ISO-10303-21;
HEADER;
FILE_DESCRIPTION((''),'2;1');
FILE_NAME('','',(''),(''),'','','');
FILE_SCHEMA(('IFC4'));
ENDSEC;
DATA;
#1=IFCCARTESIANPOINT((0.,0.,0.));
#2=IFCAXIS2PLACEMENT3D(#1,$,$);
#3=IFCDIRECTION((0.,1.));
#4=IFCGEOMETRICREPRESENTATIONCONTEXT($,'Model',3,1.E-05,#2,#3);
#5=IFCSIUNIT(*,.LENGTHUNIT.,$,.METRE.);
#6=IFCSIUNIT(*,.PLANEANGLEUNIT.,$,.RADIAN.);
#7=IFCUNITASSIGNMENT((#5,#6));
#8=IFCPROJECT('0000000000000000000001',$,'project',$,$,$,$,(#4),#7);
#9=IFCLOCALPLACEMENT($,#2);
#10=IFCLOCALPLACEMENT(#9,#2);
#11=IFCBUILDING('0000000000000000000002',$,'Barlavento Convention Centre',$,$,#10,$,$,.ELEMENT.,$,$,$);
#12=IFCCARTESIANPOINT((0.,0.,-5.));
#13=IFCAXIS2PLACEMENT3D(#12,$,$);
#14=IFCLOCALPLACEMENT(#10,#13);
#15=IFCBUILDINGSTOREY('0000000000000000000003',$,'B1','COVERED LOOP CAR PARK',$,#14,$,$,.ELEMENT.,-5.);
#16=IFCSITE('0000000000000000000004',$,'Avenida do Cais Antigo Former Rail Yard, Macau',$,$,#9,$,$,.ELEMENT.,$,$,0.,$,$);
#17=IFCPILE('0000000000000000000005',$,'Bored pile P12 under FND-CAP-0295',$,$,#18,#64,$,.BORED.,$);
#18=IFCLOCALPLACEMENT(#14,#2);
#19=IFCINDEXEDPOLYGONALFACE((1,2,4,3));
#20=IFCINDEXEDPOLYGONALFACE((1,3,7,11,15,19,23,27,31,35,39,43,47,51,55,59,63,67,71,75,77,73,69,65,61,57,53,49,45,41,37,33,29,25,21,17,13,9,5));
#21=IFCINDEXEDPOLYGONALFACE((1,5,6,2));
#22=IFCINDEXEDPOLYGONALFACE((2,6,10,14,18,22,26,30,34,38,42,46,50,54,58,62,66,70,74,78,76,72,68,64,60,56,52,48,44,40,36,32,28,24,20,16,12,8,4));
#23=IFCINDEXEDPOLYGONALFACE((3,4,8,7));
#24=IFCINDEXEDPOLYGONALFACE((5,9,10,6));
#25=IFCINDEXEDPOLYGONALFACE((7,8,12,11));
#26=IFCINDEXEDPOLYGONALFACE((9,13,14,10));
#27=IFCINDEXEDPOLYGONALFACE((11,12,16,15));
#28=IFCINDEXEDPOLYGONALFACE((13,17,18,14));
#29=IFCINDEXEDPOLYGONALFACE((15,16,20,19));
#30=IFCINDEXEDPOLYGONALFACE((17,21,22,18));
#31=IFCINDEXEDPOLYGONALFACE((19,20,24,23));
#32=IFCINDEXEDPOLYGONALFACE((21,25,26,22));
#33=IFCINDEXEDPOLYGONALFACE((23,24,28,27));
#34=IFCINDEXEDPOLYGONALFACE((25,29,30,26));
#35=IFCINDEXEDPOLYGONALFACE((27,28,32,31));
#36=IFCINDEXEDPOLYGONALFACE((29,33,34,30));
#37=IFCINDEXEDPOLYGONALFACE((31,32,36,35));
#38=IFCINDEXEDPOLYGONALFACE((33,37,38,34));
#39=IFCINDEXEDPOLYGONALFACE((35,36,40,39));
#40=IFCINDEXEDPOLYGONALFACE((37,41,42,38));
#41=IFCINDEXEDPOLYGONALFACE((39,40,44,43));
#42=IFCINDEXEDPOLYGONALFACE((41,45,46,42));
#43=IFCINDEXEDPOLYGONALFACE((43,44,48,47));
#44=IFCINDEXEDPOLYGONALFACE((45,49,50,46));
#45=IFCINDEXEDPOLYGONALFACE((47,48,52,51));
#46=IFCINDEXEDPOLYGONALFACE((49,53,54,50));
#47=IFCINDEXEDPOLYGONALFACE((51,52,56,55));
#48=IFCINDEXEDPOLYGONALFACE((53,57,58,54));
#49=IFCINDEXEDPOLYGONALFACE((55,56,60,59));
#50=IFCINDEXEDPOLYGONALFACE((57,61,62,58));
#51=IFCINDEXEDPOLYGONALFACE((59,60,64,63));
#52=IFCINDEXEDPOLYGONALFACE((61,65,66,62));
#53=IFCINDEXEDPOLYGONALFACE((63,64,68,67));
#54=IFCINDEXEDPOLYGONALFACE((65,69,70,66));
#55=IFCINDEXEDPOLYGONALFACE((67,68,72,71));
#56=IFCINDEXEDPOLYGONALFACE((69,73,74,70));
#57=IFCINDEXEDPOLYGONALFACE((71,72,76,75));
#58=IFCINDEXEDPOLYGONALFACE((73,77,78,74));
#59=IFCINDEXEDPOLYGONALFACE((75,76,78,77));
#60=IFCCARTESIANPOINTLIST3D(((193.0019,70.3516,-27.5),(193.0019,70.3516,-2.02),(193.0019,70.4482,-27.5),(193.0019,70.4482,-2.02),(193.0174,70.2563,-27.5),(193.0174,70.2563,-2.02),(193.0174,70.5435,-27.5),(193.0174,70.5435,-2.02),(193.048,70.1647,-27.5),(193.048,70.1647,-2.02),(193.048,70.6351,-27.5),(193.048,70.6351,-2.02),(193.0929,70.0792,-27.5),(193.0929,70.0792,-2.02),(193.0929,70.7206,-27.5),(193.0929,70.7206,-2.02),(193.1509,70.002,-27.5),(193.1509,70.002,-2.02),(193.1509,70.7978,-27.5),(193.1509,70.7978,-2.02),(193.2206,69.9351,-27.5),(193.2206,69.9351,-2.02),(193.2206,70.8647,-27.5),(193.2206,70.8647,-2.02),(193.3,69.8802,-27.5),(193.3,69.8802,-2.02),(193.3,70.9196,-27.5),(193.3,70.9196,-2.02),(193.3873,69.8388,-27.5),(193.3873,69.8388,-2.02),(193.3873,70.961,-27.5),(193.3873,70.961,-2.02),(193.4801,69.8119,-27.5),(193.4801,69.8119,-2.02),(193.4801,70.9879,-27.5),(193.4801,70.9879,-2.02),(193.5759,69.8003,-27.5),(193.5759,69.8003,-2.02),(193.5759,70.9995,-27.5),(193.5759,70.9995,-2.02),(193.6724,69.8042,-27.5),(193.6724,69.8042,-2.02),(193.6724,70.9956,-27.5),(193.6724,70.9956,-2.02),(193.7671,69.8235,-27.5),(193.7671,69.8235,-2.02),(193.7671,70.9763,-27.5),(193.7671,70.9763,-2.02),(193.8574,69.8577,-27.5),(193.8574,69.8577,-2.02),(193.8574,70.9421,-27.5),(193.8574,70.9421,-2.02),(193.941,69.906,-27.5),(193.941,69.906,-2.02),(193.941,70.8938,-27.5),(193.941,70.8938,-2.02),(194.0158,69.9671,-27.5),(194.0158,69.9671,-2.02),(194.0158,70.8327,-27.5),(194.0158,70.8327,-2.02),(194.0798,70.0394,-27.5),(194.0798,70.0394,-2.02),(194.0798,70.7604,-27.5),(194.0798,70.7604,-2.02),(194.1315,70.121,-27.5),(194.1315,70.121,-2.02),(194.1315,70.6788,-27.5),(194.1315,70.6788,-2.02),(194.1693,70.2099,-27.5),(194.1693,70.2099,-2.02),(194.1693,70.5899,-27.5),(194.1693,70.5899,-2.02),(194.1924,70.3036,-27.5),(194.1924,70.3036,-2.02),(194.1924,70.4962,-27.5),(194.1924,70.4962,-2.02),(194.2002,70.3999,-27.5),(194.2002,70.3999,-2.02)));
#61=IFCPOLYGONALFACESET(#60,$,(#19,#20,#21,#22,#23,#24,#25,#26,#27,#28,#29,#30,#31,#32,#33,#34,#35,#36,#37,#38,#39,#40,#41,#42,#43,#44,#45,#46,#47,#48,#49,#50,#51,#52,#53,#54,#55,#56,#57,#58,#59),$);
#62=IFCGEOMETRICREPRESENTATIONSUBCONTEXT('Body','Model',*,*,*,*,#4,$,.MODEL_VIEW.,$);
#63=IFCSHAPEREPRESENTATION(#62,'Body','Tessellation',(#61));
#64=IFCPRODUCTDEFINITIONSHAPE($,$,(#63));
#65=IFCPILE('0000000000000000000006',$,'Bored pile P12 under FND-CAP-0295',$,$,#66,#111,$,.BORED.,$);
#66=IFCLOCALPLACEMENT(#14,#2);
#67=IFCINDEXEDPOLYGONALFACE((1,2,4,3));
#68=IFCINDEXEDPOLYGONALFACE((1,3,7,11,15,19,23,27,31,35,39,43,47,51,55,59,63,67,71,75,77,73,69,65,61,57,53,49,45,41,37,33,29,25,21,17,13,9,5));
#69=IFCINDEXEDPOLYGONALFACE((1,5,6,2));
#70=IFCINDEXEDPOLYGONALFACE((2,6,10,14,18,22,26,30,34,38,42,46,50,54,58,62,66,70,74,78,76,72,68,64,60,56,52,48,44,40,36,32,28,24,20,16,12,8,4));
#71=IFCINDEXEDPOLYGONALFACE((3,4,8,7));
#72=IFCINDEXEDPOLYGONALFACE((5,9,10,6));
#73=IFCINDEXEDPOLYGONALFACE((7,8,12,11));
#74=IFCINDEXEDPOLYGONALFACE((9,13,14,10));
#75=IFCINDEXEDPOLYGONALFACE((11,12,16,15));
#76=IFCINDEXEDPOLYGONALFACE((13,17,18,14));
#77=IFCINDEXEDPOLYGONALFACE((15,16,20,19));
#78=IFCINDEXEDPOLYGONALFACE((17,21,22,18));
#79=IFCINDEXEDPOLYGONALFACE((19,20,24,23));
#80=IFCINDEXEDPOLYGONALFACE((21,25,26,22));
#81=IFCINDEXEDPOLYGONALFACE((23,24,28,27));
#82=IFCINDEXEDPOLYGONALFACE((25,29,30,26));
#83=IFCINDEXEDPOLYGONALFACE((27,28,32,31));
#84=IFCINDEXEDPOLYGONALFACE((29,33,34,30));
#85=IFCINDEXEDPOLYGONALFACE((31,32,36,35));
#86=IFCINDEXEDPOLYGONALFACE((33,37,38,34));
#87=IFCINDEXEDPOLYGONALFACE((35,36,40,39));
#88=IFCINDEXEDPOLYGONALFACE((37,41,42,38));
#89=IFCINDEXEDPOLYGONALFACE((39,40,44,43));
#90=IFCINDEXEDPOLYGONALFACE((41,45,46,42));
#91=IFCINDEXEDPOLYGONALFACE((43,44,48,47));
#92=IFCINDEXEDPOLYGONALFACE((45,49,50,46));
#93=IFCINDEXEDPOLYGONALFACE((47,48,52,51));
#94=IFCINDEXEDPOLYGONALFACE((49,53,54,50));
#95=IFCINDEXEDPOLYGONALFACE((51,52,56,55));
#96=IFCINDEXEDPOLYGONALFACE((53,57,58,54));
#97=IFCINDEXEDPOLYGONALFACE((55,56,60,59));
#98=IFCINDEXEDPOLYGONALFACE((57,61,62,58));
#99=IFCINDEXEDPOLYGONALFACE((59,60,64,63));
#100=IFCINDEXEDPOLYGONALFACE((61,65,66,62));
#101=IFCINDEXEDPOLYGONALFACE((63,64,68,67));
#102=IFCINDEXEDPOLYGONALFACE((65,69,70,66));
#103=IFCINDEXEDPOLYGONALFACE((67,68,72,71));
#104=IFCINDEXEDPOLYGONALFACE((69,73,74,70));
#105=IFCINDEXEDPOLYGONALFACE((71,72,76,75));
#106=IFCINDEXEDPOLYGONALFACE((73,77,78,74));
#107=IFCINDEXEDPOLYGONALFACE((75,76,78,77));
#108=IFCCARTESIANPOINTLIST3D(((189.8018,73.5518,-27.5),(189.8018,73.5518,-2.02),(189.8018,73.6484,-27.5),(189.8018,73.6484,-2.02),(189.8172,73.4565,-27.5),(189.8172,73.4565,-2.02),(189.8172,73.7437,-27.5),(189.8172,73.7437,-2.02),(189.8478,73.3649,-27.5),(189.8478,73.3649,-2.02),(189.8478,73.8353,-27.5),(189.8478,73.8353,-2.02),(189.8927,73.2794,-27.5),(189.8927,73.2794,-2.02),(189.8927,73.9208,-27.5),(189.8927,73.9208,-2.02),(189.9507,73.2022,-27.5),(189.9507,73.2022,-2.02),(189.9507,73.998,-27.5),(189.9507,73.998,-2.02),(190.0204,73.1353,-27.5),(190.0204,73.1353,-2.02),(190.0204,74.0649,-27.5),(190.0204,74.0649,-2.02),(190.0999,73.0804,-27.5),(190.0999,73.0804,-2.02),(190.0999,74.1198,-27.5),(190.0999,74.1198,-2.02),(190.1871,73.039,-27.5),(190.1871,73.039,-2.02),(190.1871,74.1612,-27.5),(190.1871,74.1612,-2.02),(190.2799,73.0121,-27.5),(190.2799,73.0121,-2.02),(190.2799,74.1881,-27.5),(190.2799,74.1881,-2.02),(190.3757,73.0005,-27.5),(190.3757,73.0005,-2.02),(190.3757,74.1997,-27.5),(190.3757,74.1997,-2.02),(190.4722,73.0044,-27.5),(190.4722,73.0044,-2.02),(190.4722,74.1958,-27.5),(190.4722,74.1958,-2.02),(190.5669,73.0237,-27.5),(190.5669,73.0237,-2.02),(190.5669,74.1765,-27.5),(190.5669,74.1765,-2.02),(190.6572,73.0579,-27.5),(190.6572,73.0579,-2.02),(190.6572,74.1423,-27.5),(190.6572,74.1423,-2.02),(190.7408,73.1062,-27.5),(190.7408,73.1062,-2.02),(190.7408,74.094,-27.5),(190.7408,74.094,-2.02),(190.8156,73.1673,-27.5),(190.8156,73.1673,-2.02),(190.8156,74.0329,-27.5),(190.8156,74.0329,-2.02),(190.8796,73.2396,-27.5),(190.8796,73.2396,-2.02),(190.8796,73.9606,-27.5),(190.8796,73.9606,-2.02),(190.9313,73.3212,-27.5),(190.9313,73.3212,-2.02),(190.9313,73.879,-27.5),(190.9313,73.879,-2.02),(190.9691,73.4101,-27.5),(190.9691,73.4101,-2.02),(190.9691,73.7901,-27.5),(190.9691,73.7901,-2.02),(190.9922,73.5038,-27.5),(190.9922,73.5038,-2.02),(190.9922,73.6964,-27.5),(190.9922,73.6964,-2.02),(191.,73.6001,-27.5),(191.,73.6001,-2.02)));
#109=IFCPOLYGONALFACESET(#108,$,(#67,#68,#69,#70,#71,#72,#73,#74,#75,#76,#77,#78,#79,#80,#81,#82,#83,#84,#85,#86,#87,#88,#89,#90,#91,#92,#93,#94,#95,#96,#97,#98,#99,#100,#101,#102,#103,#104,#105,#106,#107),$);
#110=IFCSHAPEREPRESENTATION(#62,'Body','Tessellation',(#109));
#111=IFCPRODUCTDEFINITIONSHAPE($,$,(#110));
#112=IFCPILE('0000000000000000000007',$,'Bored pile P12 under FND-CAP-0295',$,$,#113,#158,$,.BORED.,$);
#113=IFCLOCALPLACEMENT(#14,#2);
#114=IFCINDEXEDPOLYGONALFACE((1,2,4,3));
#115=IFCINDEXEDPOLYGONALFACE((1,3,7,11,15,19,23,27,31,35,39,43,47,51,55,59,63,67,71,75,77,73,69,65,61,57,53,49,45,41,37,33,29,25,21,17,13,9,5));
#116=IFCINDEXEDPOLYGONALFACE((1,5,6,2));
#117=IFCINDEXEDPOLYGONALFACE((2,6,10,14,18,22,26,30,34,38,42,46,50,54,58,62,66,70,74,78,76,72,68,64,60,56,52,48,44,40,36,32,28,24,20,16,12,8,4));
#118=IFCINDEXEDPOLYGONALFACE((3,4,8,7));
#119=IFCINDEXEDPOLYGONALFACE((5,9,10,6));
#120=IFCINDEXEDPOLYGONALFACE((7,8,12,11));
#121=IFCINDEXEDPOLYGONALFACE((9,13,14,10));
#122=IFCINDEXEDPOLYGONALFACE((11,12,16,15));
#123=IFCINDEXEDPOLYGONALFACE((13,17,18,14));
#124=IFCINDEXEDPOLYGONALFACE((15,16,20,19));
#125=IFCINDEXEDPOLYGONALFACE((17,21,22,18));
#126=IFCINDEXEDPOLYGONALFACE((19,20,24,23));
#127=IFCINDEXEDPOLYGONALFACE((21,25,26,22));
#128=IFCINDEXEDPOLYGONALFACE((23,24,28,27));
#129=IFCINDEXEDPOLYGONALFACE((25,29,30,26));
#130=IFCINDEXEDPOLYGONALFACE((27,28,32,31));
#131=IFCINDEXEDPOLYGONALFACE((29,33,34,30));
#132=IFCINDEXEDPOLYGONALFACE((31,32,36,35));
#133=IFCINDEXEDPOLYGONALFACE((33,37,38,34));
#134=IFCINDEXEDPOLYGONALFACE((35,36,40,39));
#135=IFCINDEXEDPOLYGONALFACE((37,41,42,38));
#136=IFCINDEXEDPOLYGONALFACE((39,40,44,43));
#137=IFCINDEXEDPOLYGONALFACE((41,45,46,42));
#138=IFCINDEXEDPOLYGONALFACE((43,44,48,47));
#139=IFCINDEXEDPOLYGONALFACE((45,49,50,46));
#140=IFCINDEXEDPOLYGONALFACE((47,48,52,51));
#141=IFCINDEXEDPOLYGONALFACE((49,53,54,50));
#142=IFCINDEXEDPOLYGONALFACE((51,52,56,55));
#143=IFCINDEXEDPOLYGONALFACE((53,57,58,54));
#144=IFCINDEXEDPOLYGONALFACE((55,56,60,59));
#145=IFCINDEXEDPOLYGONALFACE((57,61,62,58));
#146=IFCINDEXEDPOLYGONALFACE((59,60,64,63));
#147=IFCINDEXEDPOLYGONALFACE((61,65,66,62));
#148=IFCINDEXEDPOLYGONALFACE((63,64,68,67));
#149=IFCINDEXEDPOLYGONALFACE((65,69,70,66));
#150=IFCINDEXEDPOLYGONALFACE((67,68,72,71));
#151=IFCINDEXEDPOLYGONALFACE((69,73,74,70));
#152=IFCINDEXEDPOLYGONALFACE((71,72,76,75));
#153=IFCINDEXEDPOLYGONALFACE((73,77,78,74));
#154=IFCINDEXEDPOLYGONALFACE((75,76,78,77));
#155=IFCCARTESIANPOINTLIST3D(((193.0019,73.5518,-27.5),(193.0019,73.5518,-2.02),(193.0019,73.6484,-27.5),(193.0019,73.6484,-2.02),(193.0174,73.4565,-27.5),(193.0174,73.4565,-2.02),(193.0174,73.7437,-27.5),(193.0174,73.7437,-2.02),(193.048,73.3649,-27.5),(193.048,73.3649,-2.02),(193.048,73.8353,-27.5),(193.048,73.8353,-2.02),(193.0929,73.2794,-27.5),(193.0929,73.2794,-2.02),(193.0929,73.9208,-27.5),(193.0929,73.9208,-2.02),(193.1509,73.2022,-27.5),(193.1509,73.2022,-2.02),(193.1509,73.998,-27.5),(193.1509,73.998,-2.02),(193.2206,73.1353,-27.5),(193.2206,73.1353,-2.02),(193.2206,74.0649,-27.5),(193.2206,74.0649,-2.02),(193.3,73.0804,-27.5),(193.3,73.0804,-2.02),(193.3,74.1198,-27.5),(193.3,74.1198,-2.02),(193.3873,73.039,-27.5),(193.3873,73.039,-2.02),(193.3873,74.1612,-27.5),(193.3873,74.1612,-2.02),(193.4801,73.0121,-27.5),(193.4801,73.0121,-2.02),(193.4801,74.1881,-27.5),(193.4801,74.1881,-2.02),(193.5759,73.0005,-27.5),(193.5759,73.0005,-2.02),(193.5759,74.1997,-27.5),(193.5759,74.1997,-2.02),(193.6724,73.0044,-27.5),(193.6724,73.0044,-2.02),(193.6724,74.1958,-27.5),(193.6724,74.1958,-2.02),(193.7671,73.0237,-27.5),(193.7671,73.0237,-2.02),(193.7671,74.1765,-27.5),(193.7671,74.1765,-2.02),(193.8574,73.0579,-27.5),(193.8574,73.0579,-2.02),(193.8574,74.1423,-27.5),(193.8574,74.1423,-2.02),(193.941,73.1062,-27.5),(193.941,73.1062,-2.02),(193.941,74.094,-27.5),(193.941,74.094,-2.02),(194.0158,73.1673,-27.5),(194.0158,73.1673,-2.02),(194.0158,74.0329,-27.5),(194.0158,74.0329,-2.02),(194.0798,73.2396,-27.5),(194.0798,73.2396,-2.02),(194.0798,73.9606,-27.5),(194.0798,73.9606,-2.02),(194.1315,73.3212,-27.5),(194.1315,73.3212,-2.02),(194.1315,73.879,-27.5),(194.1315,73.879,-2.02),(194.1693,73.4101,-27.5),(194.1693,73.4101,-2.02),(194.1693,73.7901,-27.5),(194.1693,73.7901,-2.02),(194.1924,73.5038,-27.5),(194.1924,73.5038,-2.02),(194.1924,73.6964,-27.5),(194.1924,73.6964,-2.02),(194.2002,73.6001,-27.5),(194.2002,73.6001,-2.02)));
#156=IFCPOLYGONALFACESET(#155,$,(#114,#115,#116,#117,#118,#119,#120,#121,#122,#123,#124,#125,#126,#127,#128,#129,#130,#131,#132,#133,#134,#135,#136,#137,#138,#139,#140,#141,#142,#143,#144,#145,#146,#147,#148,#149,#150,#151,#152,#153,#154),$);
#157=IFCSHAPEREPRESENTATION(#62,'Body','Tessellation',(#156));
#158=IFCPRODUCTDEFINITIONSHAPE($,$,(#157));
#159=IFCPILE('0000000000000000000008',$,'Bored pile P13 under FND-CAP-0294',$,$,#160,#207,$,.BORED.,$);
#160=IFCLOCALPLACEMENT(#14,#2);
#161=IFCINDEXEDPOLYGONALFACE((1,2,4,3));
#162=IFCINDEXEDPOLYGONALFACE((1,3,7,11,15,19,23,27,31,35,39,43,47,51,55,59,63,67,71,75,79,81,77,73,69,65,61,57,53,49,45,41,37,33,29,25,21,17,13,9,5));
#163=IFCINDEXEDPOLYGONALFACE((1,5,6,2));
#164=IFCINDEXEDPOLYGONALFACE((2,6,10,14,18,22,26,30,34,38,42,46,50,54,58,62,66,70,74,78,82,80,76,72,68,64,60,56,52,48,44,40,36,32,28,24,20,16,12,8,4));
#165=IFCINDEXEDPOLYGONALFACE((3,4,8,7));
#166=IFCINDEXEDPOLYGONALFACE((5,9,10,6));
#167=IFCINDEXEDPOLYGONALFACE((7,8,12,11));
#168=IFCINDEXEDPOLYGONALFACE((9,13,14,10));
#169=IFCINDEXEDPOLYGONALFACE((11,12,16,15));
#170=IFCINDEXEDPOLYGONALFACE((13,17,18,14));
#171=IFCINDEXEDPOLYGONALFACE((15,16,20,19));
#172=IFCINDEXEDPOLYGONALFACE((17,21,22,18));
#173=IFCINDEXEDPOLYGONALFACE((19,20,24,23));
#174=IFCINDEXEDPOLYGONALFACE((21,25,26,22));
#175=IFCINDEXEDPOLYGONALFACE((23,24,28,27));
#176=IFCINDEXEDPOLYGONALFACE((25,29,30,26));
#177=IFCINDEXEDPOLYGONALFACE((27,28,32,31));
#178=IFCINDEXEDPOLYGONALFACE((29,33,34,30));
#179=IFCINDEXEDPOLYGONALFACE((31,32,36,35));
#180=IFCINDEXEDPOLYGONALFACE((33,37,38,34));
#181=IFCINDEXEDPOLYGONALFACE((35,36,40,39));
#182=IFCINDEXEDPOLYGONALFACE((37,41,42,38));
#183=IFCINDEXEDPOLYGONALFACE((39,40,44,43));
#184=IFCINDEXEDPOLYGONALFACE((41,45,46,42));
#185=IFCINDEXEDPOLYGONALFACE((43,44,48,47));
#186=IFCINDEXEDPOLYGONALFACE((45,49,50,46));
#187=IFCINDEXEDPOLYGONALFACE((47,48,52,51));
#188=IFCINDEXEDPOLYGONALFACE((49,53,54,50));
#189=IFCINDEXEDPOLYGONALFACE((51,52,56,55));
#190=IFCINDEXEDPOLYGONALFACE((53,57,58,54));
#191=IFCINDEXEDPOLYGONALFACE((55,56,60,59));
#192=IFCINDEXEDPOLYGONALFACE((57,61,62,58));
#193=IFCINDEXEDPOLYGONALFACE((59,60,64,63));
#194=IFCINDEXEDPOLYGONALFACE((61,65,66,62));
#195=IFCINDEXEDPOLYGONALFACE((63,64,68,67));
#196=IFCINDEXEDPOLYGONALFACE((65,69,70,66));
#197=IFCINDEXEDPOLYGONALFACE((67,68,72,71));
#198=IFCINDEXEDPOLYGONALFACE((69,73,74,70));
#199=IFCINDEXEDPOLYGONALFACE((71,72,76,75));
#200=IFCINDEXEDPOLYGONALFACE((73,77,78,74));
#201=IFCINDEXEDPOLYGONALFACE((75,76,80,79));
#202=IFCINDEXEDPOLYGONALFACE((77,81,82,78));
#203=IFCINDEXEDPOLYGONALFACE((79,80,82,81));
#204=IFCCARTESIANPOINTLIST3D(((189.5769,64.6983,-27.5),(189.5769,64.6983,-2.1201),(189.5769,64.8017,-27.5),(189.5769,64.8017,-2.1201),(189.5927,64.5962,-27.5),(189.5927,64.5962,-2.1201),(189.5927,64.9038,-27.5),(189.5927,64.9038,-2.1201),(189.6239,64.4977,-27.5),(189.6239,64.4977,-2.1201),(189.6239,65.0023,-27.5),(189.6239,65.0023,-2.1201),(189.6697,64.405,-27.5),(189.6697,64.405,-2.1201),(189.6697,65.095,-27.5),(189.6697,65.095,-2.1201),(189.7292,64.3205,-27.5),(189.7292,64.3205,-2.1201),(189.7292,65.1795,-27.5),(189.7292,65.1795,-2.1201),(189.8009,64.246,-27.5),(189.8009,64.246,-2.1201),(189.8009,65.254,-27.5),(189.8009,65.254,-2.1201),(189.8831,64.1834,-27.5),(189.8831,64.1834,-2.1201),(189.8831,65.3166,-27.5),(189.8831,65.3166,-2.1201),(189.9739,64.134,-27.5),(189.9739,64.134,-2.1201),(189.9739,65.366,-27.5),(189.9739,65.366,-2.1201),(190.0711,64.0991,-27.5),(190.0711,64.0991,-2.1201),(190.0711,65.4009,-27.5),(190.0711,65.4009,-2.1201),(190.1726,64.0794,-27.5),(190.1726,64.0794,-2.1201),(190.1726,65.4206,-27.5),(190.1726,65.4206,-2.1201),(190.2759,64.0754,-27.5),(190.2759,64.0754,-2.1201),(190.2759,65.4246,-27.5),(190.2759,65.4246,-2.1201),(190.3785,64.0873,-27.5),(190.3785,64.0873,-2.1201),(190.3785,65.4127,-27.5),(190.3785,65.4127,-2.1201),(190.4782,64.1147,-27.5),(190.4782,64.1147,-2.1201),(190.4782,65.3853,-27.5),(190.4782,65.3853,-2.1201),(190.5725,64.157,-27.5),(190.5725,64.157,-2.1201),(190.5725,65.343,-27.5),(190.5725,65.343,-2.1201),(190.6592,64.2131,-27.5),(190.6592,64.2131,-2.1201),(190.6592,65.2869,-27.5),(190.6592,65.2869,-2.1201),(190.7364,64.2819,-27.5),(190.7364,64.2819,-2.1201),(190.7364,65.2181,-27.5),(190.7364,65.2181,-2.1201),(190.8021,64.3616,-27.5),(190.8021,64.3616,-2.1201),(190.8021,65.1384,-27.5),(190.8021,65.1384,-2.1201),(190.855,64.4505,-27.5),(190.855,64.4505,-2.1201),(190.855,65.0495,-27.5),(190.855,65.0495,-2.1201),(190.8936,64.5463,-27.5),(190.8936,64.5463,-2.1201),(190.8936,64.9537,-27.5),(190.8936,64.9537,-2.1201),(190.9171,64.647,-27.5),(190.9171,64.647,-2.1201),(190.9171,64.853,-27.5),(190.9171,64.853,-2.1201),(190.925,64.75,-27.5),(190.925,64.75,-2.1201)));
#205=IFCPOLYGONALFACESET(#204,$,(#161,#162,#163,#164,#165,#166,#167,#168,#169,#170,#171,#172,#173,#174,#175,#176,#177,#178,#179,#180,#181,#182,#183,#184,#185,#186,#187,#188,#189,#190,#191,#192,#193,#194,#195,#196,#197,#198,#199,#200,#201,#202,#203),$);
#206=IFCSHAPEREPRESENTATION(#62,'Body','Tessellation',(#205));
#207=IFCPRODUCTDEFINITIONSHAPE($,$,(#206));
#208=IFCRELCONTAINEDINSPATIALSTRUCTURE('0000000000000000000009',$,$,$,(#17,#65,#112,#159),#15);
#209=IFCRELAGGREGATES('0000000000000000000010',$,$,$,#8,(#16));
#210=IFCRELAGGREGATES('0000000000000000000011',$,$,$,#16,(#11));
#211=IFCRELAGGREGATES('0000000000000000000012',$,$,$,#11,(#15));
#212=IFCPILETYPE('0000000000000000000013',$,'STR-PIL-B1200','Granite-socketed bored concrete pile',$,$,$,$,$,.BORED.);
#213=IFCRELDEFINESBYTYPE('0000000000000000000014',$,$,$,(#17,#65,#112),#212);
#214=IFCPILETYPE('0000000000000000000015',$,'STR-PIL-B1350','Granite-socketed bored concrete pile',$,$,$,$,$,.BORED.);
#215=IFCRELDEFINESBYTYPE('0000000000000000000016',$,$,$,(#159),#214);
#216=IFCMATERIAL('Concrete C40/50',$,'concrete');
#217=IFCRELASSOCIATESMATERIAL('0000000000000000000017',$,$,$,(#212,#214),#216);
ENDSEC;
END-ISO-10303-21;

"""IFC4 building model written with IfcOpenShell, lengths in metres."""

from ifc_helpers import new_model, si_unit, direction, frame, origin, origin_2d, place, context, subcontext, project, spatial, circle, extrude, material, material_profile, profile_set, type_object, element, save


model = new_model("IFC4")

# Units and contexts
model_context = context("Model", 3, precision=1e-05, world=origin(), true_north=direction((0.0, 1.0)))
body_context = subcontext(model_context, "Body", "Model", "MODEL_VIEW")
ifc_project = project(units=[si_unit("LENGTHUNIT", "METRE"), si_unit("PLANEANGLEUNIT", "RADIAN")], contexts=[model_context])

# Site, building, storey
site_placement = place(None, origin())
site = spatial("IfcSite", under=ifc_project, at=site_placement, Name="Avenida do Cais Antigo Former Rail Yard, Macau", CompositionType="ELEMENT", RefElevation=0.0)
building_placement = place(site_placement, origin())
building = spatial("IfcBuilding", under=site, at=building_placement, Name="Barlavento Convention Centre", CompositionType="ELEMENT")
storey_placement = place(building_placement, frame((0.0, 0.0, -5.0)))
storey = spatial("IfcBuildingStorey", under=building, at=storey_placement, Name="B1", Description="COVERED LOOP CAR PARK", CompositionType="ELEMENT", Elevation=-5.0)

# Shared definitions
ifc_material_1 = material(Name="Concrete C40/50", Category="concrete")

# Piles
ifc_material_profile_1 = material_profile(ifc_material_1, circle(Radius=0.6001, at=origin_2d()), Name="BORED PILE 1200")
ifc_profile_set_1 = profile_set([ifc_material_profile_1], Name="Concrete C40/50")
pile_type_1 = type_object("IfcPileType", Name="STR-PIL-B1200", Description="Granite-socketed bored concrete pile", PredefinedType="BORED", material=ifc_profile_set_1)
for number, where, z_axis, x_axis, name in (
    (1, (193.6001, 70.3999, -2.02), (0.0, 0.0, -1.0), (1.0, 0.0, 0.0), "Bored pile P12 under FND-CAP-0295"),
    (2, (190.3999, 73.6001, -2.02), (0.0, 0.0, -1.0), (1.0, 0.0, 0.0), "Bored pile P12 under FND-CAP-0295"),
    (3, (193.6001, 73.6001, -2.02), (0.0, 0.0, -1.0), (1.0, 0.0, 0.0), "Bored pile P12 under FND-CAP-0295"),
):
    element("IfcPile", number, at=place(storey_placement, frame(where, z_axis=z_axis, x_axis=x_axis)), inside=storey, type_object=pile_type_1, Name=name, PredefinedType="BORED", context=body_context, shape_type="SweptSolid", body=[
        extrude(circle(Radius=0.6001, at=origin_2d()), origin(), (0.0, 0.0, 1.0), 25.48),
    ])
ifc_material_profile_2 = material_profile(ifc_material_1, circle(Radius=0.675, at=origin_2d()), Name="BORED PILE 1350")
ifc_profile_set_2 = profile_set([ifc_material_profile_2], Name="Concrete C40/50")
pile_type_2 = type_object("IfcPileType", Name="STR-PIL-B1350", Description="Granite-socketed bored concrete pile", PredefinedType="BORED", material=ifc_profile_set_2)
for number, where, z_axis, x_axis, name in (
    (4, (190.25, 64.75, -2.1201), (0.0, 0.0, -1.0), (1.0, 0.0, 0.0), "Bored pile P13 under FND-CAP-0294"),
):
    element("IfcPile", number, at=place(storey_placement, frame(where, z_axis=z_axis, x_axis=x_axis)), inside=storey, type_object=pile_type_2, Name=name, PredefinedType="BORED", context=body_context, shape_type="SweptSolid", body=[
        extrude(circle(Radius=0.675, at=origin_2d()), origin(), (0.0, 0.0, 1.0), 25.3799),
    ])

save(model, "model.ifc")
